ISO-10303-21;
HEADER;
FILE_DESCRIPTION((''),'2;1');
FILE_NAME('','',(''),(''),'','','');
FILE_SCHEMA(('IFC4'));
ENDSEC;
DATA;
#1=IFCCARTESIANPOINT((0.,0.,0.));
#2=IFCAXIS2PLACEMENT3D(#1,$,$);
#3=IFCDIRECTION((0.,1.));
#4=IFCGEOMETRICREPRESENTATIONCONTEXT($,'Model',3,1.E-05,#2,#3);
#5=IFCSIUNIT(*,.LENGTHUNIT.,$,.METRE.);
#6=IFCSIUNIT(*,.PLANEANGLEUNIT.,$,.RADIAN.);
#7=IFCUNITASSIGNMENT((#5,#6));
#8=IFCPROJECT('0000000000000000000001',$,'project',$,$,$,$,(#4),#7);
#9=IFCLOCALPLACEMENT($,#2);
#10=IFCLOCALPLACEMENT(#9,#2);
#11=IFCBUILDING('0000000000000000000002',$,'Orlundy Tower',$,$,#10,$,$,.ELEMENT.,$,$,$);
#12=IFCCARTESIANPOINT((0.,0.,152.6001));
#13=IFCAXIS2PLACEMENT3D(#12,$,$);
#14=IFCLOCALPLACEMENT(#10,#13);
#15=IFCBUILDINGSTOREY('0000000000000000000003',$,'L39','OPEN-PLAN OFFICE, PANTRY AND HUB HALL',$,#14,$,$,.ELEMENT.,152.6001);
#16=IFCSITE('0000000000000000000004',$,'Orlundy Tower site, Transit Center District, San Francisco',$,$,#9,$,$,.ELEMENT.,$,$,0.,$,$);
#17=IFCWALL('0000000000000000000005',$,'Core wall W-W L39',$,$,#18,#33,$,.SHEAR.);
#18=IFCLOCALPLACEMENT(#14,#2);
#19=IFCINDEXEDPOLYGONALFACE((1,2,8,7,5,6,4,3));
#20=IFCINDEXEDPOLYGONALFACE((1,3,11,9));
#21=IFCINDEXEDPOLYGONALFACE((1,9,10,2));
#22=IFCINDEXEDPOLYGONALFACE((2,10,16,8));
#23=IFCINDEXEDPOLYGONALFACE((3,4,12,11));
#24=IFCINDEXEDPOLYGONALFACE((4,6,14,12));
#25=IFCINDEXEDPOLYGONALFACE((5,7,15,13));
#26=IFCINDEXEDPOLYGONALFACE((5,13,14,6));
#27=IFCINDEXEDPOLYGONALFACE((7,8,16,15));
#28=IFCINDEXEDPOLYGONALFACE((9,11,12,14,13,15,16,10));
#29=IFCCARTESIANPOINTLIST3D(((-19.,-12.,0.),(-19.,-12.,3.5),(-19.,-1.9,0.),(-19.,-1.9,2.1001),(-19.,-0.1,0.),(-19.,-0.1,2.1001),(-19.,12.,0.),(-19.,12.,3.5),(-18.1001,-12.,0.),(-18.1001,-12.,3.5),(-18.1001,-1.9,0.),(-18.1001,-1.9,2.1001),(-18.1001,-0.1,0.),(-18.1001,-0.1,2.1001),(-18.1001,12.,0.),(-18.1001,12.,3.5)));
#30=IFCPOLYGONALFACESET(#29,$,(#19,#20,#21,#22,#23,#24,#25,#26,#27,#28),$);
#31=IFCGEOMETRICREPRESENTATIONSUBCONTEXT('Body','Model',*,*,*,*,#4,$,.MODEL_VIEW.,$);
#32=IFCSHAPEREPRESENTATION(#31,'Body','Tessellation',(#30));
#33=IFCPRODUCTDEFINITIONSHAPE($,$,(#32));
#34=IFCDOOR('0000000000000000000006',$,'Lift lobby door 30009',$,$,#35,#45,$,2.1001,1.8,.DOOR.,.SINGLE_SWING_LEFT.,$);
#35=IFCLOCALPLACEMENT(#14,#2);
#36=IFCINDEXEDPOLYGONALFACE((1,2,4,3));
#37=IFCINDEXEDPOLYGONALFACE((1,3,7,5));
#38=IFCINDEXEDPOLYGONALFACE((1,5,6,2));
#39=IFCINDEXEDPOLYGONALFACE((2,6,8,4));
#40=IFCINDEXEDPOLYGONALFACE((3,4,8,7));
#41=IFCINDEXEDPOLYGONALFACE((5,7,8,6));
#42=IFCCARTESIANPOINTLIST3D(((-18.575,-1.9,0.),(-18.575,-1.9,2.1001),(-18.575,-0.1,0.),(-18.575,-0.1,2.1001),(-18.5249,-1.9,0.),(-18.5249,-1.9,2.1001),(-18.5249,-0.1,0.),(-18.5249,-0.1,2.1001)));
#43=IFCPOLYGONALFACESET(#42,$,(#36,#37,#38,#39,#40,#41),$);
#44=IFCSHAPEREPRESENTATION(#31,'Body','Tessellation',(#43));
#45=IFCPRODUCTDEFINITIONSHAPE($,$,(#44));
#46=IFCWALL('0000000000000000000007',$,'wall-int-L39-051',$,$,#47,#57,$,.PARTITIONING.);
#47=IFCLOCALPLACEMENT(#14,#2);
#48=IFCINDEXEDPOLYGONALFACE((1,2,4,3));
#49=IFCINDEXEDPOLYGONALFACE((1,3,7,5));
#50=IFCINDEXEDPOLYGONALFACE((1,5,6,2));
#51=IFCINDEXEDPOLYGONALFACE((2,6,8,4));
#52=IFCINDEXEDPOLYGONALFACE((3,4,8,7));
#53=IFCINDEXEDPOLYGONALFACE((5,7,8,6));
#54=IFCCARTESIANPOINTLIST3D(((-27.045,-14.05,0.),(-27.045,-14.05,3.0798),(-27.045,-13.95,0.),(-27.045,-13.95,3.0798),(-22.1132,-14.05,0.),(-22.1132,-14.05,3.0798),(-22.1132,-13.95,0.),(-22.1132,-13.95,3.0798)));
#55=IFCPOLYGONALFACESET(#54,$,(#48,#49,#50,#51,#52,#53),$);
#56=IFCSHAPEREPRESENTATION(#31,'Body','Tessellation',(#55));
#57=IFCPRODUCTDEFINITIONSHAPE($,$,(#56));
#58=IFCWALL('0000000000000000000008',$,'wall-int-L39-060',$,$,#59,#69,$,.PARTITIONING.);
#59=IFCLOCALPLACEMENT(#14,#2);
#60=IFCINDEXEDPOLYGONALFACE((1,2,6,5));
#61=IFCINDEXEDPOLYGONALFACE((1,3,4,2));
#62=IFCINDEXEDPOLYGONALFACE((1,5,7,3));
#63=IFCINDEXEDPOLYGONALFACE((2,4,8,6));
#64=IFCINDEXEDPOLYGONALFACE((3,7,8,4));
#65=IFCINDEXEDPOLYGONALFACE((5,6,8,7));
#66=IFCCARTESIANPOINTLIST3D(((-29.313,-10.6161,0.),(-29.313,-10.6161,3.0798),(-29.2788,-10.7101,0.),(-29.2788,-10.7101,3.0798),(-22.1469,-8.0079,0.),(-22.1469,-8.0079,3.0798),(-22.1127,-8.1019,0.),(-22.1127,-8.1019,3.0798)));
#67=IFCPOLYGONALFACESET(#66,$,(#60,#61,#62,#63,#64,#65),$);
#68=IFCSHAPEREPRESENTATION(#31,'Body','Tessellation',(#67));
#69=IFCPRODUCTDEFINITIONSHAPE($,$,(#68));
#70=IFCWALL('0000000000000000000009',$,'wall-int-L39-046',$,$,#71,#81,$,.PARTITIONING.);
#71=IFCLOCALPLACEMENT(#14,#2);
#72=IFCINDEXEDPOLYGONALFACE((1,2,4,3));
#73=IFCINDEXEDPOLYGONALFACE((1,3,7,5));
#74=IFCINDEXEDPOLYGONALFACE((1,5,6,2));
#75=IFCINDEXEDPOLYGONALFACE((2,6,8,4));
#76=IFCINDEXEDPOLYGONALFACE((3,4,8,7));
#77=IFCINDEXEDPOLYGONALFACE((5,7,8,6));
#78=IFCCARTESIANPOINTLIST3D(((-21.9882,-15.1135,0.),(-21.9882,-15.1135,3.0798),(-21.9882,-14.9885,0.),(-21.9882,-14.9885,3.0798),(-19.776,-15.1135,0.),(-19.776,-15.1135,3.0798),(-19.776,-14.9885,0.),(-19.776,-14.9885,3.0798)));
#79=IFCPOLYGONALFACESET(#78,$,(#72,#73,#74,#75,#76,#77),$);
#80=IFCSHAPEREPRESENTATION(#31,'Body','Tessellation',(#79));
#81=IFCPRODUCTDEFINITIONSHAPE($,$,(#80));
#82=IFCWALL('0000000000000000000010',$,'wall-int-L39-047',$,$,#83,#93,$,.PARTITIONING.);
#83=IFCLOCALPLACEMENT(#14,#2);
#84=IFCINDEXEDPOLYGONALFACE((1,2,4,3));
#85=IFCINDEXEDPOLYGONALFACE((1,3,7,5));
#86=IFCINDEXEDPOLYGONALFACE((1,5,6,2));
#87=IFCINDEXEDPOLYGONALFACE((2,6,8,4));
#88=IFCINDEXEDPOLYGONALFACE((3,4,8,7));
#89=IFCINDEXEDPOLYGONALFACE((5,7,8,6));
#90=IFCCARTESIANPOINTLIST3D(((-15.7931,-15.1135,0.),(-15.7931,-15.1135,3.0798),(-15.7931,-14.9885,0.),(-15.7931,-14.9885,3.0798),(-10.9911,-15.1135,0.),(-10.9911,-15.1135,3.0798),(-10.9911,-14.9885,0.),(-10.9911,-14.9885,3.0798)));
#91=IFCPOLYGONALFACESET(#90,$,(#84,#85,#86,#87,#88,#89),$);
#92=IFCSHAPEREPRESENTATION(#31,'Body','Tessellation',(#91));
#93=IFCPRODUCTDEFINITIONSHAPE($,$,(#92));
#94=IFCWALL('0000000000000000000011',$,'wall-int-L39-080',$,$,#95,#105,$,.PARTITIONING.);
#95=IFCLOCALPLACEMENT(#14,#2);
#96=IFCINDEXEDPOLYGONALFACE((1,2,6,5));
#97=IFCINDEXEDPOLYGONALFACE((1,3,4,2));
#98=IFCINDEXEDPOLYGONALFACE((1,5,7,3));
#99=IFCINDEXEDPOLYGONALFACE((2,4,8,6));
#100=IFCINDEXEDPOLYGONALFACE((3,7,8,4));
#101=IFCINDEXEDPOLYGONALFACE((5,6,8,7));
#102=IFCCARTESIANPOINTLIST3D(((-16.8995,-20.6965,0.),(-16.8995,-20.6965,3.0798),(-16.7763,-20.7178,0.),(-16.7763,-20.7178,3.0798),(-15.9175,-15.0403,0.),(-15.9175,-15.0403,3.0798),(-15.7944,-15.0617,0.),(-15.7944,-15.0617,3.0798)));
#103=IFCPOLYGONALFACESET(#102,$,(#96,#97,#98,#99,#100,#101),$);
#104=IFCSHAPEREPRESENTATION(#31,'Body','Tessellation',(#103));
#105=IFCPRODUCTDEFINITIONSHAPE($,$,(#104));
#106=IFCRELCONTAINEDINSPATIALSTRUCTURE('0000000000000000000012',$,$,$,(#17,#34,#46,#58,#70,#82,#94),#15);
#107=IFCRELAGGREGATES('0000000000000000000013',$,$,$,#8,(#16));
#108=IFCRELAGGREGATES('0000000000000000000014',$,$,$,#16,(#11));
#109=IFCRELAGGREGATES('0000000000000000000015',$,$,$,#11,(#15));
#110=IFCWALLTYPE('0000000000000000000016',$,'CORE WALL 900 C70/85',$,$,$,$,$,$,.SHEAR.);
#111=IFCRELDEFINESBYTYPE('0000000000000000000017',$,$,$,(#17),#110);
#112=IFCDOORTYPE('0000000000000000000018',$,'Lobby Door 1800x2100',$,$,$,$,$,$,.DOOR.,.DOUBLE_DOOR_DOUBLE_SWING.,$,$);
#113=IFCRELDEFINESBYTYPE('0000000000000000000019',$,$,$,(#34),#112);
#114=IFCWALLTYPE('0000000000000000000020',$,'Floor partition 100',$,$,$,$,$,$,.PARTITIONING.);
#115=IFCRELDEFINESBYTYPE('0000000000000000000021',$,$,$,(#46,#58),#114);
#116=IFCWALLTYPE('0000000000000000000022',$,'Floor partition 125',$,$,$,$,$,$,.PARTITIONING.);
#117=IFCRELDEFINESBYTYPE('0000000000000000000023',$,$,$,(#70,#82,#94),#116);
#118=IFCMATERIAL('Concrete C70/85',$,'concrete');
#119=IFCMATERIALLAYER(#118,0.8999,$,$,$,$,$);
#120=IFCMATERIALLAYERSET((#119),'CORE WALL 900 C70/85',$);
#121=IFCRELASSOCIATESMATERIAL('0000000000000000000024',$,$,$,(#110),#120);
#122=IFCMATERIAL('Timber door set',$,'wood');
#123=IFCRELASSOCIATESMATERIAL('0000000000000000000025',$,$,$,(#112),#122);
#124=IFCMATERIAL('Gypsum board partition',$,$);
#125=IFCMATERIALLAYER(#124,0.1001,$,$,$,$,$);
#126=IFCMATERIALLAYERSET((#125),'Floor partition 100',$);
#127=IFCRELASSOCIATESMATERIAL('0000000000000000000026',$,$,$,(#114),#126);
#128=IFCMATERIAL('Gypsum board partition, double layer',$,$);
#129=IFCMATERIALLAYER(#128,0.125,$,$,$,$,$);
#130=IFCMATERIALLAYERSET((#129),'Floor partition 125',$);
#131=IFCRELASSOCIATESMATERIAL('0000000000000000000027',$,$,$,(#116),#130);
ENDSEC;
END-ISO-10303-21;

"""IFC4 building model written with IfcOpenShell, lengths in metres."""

from ifc_helpers import new_model, si_unit, direction, frame, frame_2d, origin, place, context, subcontext, project, spatial, rectangle, extrude, material, layer, layer_set, type_object, element, fill, save


model = new_model("IFC4")

# Units and contexts
model_context = context("Model", 3, precision=1e-05, world=origin(), true_north=direction((0.0, 1.0)))
body_context = subcontext(model_context, "Body", "Model", "MODEL_VIEW")
ifc_project = project(units=[si_unit("LENGTHUNIT", "METRE"), si_unit("PLANEANGLEUNIT", "RADIAN")], contexts=[model_context])

# Site, building, storey
site_placement = place(None, origin())
site = spatial("IfcSite", under=ifc_project, at=site_placement, Name="Orlundy Tower site, Transit Center District, San Francisco", CompositionType="ELEMENT", RefElevation=0.0)
building_placement = place(site_placement, origin())
building = spatial("IfcBuilding", under=site, at=building_placement, Name="Orlundy Tower", CompositionType="ELEMENT")
storey_placement = place(building_placement, frame((0.0, 0.0, 152.6001)))
storey = spatial("IfcBuildingStorey", under=building, at=storey_placement, Name="L39", Description="OPEN-PLAN OFFICE, PANTRY AND HUB HALL", CompositionType="ELEMENT", Elevation=152.6001)

# Shared definitions
ifc_material_1 = material(Name="Concrete C70/85", Category="concrete")
ifc_layer_1 = layer(ifc_material_1, 0.8999)
ifc_layer_set_1 = layer_set([ifc_layer_1], Name="CORE WALL 900 C70/85")
wall_type_1 = type_object("IfcWallType", Name="CORE WALL 900 C70/85", PredefinedType="SHEAR", material=ifc_layer_set_1)

# Wall, opening, door
wall_1_placement = place(storey_placement, frame((-18.55, -12.0, 0.0), z_axis=(0.0, 0.0, 1.0), x_axis=(0.0, 1.0, 0.0)))
wall_1 = element("IfcWall", 1, at=wall_1_placement, inside=storey, type_object=wall_type_1, Name="Core wall W-W L39", PredefinedType="SHEAR", context=body_context, shape_type="SweptSolid", body=[
    extrude(rectangle(XDim=24.0, YDim=0.8999, at=frame_2d((12.0, 0.0))), origin(), (0.0, 0.0, 1.0), 3.5),
])
opening_1_placement = place(wall_1_placement, frame((10.1001, 0.0, 0.0)))
opening_1 = element("IfcOpeningElement", 2, at=opening_1_placement, cuts=wall_1, PredefinedType="OPENING", context=body_context, shape_type="SweptSolid", body=[
    extrude(rectangle(XDim=1.8, YDim=2.1001, at=frame_2d((0.8999, 1.05))), frame((0.0, 0.46, 0.0), z_axis=(0.0, -1.0, 0.0), x_axis=(1.0, 0.0, 0.0)), (0.0, 0.0, 1.0), 0.9199),
])
ifc_material_2 = material(Name="Timber door set", Category="wood")
door_type_1 = type_object("IfcDoorType", Name="Lobby Door 1800x2100", OperationType="DOUBLE_DOOR_DOUBLE_SWING", PredefinedType="DOOR", material=ifc_material_2)
door_1_placement = place(opening_1_placement, origin())
door_1 = element("IfcDoor", 3, at=door_1_placement, inside=storey, type_object=door_type_1, Name="Lift lobby door 30009", OperationType="SINGLE_SWING_LEFT", OverallHeight=2.1001, OverallWidth=1.8, PredefinedType="DOOR", context=body_context, shape_type="SweptSolid", body=[
    extrude(rectangle(XDim=1.8, YDim=2.1001, at=frame_2d((0.8999, 1.05))), frame((0.0, 0.0249, 0.0), z_axis=(0.0, -1.0, 0.0), x_axis=(1.0, 0.0, 0.0)), (0.0, 0.0, 1.0), 0.05),
])
fill(opening_1, door_1)

# Walls
ifc_material_3 = material(Name="Gypsum board partition")
ifc_layer_2 = layer(ifc_material_3, 0.1001)
ifc_layer_set_2 = layer_set([ifc_layer_2], Name="Floor partition 100")
wall_type_2 = type_object("IfcWallType", Name="Floor partition 100", PredefinedType="PARTITIONING", material=ifc_layer_set_2)
wall_2_placement = place(storey_placement, frame((-27.0449, -14.0, 0.0), z_axis=(0.0, 0.0, 1.0), x_axis=(1.0, 0.0, 0.0)))
element("IfcWall", 4, at=wall_2_placement, inside=storey, type_object=wall_type_2, Name="wall-int-L39-051", PredefinedType="PARTITIONING", context=body_context, shape_type="SweptSolid", body=[
    extrude(rectangle(XDim=4.9319, YDim=0.1001, at=frame_2d((2.4658, 0.0))), origin(), (0.0, 0.0, 1.0), 3.0798),
])
wall_3_placement = place(storey_placement, frame((-29.2959, -10.6631, 0.0), z_axis=(0.0, 0.0, 1.0), x_axis=(0.939695, 0.342013, 0.0)))
element("IfcWall", 5, at=wall_3_placement, inside=storey, type_object=wall_type_2, Name="wall-int-L39-060", PredefinedType="PARTITIONING", context=body_context, shape_type="SweptSolid", body=[
    extrude(rectangle(XDim=7.626, YDim=0.1001, at=frame_2d((3.813, 0.0))), origin(), (0.0, 0.0, 1.0), 3.0798),
])
ifc_material_4 = material(Name="Gypsum board partition, double layer")
ifc_layer_3 = layer(ifc_material_4, 0.125)
ifc_layer_set_3 = layer_set([ifc_layer_3], Name="Floor partition 125")
wall_type_3 = type_object("IfcWallType", Name="Floor partition 125", PredefinedType="PARTITIONING", material=ifc_layer_set_3)
wall_4_placement = place(storey_placement, frame((-21.988, -15.051, 0.0), z_axis=(0.0, 0.0, 1.0), x_axis=(1.0, 0.0, 0.0)))
element("IfcWall", 6, at=wall_4_placement, inside=storey, type_object=wall_type_3, Name="wall-int-L39-046", PredefinedType="PARTITIONING", context=body_context, shape_type="SweptSolid", body=[
    extrude(rectangle(XDim=2.2122, YDim=0.125, at=frame_2d((1.106, 0.0))), origin(), (0.0, 0.0, 1.0), 3.0798),
])
wall_5_placement = place(storey_placement, frame((-15.793, -15.051, 0.0), z_axis=(0.0, 0.0, 1.0), x_axis=(1.0, 0.0, 0.0)))
element("IfcWall", 7, at=wall_5_placement, inside=storey, type_object=wall_type_3, Name="wall-int-L39-047", PredefinedType="PARTITIONING", context=body_context, shape_type="SweptSolid", body=[
    extrude(rectangle(XDim=4.802, YDim=0.125, at=frame_2d((2.4009, 0.0))), origin(), (0.0, 0.0, 1.0), 3.0798),
])
wall_6_placement = place(storey_placement, frame((-15.856, -15.051, 0.0), z_axis=(0.0, 0.0, 1.0), x_axis=(-0.17105, -0.985262, 0.0)))
element("IfcWall", 8, at=wall_6_placement, inside=storey, type_object=wall_type_3, Name="wall-int-L39-080", PredefinedType="PARTITIONING", context=body_context, shape_type="SweptSolid", body=[
    extrude(rectangle(XDim=5.7407, YDim=0.125, at=frame_2d((2.8704, 0.0))), origin(), (0.0, 0.0, 1.0), 3.0798),
])

save(model, "model.ifc")
